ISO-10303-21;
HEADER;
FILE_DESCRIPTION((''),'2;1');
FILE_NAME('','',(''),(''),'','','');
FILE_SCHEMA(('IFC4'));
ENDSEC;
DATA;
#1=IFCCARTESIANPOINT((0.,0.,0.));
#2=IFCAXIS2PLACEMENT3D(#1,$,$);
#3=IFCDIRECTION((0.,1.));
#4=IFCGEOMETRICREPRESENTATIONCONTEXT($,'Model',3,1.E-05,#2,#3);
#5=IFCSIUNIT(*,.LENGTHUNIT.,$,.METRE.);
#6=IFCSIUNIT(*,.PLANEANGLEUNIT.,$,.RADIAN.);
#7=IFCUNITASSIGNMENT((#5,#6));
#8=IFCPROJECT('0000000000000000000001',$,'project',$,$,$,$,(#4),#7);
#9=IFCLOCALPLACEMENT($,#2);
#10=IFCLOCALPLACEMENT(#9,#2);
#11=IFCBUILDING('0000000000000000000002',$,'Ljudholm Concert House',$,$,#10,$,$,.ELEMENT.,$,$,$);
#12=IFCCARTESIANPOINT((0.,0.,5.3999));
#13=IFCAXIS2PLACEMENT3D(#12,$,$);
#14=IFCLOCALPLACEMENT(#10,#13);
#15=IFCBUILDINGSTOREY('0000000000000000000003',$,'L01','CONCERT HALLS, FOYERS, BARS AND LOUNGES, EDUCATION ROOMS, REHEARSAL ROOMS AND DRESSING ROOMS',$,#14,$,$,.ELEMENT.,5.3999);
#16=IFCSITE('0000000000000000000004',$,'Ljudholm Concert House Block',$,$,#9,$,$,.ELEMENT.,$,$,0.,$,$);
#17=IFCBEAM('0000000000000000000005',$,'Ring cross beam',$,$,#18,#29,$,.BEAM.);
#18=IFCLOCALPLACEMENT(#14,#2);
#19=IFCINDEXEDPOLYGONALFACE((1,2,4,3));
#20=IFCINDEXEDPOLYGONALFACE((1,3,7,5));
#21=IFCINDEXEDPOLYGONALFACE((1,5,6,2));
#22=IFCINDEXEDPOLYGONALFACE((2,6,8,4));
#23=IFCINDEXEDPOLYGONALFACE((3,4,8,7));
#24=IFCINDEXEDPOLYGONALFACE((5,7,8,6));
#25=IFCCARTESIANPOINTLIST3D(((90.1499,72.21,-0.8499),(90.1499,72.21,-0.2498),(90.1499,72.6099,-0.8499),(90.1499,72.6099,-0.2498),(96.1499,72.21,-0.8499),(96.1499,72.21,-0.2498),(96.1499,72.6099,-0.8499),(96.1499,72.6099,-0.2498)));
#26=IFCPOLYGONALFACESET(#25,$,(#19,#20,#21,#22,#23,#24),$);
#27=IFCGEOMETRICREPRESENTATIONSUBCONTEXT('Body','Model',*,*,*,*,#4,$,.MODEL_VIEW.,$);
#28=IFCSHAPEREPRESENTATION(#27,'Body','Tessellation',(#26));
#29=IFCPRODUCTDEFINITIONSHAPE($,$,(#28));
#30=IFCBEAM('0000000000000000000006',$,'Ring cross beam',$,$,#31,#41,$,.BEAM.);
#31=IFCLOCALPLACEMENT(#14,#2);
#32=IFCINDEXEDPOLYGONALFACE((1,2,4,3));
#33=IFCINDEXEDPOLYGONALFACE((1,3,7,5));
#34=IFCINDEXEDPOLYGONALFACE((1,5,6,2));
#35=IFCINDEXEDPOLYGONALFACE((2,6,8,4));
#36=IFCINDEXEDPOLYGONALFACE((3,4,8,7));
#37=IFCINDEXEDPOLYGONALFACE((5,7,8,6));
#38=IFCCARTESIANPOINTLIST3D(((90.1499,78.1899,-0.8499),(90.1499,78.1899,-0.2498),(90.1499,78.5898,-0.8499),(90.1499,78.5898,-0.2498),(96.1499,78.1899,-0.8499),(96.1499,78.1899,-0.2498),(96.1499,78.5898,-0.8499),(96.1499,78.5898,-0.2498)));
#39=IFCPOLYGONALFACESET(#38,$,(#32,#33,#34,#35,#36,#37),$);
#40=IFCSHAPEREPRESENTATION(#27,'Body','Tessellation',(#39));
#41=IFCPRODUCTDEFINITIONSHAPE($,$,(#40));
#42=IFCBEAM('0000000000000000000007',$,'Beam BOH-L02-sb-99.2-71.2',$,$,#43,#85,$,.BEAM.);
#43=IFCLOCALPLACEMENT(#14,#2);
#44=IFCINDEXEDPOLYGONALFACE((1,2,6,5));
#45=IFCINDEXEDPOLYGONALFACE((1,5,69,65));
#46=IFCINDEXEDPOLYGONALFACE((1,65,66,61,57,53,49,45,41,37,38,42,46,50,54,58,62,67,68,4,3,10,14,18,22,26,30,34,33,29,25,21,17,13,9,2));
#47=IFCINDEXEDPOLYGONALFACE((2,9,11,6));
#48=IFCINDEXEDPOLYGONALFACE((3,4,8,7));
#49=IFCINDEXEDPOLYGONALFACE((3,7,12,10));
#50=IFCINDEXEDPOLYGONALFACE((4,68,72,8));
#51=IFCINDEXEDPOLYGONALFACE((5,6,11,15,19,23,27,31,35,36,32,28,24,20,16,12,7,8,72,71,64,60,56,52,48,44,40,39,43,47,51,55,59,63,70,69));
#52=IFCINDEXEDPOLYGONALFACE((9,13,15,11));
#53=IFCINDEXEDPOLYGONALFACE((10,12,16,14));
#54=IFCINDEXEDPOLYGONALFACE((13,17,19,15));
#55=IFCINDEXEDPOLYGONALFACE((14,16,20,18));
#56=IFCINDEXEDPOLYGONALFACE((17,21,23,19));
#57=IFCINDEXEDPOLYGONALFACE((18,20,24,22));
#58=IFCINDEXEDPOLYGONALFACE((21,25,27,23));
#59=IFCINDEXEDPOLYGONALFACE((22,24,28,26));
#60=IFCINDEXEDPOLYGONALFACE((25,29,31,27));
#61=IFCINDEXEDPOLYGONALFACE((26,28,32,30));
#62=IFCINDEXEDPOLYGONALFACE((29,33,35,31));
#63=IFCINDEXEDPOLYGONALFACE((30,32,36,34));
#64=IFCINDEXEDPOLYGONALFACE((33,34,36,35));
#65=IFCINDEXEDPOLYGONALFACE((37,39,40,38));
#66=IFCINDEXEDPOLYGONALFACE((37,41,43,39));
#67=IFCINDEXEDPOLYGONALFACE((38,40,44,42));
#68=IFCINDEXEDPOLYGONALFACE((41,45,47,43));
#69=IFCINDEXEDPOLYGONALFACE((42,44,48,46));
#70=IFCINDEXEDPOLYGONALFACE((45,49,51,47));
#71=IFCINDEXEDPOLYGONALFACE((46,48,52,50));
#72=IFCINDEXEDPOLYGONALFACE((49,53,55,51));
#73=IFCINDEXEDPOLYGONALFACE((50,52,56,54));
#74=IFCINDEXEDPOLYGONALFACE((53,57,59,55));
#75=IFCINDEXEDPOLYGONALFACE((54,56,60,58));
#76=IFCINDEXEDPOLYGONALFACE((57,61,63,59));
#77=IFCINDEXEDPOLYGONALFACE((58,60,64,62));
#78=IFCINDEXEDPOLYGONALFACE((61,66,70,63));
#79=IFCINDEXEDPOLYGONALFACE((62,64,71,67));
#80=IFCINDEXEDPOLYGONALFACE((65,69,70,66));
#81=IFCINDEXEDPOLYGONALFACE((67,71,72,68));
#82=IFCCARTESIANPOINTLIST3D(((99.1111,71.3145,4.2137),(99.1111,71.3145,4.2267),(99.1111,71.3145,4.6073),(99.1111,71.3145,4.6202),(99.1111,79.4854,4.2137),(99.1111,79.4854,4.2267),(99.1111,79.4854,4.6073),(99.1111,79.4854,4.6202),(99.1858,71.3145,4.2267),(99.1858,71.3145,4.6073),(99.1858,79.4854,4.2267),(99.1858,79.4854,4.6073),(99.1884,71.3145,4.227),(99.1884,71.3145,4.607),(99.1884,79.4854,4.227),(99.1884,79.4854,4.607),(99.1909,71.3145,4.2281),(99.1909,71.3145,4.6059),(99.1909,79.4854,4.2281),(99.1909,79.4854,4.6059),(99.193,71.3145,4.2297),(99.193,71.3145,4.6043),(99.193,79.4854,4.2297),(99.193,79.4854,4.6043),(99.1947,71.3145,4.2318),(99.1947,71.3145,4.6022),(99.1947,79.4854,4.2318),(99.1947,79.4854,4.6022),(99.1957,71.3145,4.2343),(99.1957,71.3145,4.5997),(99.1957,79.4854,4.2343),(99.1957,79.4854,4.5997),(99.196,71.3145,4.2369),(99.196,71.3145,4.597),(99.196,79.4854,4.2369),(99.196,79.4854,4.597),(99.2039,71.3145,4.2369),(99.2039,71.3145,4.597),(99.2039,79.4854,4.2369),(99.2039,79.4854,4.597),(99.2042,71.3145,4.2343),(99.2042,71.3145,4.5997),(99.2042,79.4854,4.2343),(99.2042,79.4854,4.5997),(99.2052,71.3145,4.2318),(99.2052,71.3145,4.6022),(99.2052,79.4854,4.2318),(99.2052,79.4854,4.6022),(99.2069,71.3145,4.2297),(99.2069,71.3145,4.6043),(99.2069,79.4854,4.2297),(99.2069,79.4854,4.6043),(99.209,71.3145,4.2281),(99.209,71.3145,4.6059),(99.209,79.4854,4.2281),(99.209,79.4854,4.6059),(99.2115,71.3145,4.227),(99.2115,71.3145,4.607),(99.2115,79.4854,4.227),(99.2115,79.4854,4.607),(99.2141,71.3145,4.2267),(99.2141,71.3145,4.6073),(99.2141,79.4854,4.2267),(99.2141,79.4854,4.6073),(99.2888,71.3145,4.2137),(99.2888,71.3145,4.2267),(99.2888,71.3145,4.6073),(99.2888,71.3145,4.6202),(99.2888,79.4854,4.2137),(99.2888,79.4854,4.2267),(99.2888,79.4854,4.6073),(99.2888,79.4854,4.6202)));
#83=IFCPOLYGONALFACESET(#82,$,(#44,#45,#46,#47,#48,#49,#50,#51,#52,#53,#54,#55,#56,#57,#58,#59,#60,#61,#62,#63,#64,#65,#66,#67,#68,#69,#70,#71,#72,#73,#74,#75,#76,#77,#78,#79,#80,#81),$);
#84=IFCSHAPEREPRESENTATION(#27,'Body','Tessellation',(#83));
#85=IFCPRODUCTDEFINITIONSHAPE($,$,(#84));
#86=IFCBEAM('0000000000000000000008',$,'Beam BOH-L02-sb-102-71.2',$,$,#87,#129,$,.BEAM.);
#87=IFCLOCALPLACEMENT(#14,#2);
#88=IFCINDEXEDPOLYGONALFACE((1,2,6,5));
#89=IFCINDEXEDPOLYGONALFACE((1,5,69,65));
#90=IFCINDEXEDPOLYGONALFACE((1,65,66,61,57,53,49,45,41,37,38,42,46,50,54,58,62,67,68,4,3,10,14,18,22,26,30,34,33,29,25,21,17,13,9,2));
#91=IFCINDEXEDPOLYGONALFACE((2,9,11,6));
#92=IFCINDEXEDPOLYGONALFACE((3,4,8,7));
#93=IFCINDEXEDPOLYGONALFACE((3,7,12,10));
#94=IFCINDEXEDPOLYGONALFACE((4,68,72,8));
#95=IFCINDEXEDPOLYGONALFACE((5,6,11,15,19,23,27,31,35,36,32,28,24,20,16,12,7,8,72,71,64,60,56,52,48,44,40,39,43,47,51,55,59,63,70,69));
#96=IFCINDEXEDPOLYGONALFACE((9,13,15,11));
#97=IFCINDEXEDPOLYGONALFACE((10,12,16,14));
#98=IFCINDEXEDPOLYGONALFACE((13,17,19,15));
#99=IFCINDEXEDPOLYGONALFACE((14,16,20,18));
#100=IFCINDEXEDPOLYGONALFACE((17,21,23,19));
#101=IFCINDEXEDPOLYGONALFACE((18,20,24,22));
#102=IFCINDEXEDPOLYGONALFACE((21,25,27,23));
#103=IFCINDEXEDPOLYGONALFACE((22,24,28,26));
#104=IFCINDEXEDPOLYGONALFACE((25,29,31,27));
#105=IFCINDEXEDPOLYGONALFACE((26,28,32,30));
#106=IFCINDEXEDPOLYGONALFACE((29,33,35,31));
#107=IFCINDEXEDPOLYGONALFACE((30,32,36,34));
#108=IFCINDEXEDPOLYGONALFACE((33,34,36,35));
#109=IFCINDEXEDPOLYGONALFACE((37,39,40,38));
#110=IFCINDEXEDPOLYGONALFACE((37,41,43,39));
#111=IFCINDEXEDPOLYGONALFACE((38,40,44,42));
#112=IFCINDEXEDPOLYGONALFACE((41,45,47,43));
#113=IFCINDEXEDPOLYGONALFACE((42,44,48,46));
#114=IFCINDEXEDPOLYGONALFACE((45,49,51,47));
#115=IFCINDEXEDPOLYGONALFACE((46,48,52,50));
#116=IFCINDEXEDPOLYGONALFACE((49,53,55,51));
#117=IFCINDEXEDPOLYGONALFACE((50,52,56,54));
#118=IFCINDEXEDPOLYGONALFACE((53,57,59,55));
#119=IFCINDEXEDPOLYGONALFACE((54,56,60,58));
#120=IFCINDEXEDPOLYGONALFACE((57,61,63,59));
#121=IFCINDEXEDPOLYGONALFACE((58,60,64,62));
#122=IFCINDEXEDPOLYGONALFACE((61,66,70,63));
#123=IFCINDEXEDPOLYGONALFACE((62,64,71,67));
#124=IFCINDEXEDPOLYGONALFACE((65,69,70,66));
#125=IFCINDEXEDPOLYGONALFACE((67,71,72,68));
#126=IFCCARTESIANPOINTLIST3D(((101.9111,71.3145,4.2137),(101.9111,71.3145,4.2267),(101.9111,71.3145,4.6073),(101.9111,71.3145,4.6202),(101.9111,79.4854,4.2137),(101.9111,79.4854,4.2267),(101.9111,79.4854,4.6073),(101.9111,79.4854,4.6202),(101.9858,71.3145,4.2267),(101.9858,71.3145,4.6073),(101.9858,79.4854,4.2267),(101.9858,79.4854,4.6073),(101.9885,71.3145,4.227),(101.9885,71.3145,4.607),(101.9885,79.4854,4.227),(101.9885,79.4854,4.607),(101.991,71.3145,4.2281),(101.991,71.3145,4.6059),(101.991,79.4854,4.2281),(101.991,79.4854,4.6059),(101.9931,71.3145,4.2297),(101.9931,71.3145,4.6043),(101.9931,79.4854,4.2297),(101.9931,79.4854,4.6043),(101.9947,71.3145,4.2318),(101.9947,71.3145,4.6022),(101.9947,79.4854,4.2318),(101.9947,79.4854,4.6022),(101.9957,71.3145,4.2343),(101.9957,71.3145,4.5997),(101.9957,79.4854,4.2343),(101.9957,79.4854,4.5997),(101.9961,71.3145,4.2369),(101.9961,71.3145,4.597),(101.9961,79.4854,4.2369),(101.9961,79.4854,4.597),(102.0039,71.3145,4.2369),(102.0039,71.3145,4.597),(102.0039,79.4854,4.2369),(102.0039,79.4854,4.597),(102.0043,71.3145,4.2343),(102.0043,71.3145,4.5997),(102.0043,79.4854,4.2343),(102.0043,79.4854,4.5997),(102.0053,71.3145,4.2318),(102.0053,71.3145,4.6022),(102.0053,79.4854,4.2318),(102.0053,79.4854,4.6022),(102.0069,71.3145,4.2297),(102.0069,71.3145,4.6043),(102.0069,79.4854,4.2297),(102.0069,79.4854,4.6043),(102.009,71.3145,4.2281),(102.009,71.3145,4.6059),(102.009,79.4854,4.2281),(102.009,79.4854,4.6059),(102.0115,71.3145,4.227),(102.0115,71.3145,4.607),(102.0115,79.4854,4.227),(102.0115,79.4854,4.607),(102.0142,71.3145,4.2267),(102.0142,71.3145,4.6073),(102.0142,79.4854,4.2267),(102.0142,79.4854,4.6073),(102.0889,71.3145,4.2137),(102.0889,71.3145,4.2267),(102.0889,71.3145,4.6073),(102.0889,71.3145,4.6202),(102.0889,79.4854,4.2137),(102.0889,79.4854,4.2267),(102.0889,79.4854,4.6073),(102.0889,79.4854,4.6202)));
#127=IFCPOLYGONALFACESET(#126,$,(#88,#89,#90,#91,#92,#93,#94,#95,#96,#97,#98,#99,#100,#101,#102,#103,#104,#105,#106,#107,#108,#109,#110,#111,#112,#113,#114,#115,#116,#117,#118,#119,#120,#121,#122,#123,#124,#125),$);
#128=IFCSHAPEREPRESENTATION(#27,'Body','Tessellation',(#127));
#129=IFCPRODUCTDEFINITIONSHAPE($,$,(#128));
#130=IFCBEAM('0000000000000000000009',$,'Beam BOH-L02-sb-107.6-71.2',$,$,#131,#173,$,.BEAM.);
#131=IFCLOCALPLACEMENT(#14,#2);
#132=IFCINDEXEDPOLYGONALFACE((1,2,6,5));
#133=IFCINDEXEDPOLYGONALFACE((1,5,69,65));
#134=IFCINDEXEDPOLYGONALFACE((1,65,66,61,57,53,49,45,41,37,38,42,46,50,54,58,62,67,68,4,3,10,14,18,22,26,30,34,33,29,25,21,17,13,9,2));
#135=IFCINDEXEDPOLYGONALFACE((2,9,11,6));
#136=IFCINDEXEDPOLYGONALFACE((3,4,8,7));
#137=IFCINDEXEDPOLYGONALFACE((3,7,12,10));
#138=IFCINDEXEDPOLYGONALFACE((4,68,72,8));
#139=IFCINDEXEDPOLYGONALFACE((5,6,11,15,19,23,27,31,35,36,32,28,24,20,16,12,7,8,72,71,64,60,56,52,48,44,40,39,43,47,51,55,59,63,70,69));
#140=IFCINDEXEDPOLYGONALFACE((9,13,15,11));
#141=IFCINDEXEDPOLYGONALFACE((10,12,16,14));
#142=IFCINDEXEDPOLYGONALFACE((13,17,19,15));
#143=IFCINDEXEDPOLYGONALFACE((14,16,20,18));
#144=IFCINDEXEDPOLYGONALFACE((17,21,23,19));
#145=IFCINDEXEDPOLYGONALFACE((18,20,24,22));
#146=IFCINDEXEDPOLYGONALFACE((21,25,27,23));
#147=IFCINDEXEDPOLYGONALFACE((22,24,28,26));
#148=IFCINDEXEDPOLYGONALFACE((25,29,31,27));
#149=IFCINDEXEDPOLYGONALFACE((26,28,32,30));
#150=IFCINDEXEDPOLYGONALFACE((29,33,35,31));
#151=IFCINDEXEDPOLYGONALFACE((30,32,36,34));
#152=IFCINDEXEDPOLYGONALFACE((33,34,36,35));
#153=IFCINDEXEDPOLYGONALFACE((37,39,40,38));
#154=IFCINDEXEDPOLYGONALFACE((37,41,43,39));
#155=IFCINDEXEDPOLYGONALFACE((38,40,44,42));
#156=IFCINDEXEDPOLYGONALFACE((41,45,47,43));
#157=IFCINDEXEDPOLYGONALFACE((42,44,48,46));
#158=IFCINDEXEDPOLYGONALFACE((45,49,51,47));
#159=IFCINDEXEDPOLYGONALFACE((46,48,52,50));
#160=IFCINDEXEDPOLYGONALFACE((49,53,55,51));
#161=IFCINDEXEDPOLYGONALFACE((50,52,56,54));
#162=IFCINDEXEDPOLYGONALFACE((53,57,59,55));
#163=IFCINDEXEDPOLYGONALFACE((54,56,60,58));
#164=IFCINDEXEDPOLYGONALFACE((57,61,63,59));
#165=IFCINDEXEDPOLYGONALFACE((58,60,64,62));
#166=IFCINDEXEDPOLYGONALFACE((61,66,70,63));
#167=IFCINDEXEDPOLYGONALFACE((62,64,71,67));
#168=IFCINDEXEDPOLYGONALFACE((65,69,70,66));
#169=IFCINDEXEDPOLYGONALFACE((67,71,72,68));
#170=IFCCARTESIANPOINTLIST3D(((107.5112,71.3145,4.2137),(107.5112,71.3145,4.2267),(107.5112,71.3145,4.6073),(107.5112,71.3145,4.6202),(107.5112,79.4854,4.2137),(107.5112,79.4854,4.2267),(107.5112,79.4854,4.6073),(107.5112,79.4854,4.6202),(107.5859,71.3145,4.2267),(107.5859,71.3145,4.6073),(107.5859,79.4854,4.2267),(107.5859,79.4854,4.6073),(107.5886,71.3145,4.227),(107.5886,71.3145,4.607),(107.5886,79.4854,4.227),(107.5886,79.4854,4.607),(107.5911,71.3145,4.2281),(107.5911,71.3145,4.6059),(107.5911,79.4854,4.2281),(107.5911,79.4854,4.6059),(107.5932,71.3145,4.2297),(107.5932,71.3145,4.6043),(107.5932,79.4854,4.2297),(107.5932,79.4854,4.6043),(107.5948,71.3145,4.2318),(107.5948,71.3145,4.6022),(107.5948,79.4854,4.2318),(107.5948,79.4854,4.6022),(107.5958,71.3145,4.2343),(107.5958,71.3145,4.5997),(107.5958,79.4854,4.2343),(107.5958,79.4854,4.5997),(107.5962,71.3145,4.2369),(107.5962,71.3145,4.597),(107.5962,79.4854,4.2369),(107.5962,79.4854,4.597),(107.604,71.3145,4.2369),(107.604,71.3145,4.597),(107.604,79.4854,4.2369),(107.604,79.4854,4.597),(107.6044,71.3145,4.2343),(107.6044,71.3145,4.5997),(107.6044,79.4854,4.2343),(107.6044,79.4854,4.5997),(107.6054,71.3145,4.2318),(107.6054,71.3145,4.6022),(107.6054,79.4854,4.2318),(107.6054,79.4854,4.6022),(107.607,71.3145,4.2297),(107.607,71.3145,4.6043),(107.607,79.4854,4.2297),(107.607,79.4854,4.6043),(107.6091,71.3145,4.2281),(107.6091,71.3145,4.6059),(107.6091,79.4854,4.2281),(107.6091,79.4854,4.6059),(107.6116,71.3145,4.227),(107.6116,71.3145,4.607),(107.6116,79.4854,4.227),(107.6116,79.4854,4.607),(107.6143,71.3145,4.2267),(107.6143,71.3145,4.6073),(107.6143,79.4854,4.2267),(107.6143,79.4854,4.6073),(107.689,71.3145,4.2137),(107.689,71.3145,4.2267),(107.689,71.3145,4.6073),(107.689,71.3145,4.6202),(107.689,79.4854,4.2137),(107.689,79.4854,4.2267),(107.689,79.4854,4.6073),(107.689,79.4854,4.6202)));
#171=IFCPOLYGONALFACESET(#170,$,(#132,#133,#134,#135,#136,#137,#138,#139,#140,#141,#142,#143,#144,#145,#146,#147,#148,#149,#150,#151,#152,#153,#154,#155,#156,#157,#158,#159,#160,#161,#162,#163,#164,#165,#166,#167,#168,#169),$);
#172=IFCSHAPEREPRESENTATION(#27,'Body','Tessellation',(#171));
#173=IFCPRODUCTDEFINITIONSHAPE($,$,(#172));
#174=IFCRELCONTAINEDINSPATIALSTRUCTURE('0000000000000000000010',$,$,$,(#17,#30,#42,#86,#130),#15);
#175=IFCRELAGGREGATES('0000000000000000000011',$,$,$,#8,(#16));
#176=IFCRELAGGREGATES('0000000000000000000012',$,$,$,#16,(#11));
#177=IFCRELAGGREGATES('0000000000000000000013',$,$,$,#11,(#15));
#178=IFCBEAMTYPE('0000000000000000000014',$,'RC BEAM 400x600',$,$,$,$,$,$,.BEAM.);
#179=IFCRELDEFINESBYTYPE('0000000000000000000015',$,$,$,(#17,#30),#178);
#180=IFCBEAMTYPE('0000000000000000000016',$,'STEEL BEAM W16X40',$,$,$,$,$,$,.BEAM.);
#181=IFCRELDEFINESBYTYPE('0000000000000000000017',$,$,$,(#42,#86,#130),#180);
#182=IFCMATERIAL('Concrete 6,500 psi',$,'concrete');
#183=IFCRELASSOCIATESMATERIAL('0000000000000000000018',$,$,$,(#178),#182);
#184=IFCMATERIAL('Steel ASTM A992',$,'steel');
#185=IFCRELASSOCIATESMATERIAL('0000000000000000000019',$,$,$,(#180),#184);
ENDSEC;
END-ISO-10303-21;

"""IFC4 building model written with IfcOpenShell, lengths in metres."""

from ifc_helpers import new_model, si_unit, direction, frame, origin, origin_2d, place, context, subcontext, project, spatial, rectangle, i_section, extrude, material, material_profile, profile_set, type_object, element, save


model = new_model("IFC4")

# Units and contexts
model_context = context("Model", 3, precision=1e-05, world=origin(), true_north=direction((0.0, 1.0)))
body_context = subcontext(model_context, "Body", "Model", "MODEL_VIEW")
ifc_project = project(units=[si_unit("LENGTHUNIT", "METRE"), si_unit("PLANEANGLEUNIT", "RADIAN")], contexts=[model_context])

# Site, building, storey
site_placement = place(None, origin())
site = spatial("IfcSite", under=ifc_project, at=site_placement, Name="Ljudholm Concert House Block", CompositionType="ELEMENT", RefElevation=0.0)
building_placement = place(site_placement, origin())
building = spatial("IfcBuilding", under=site, at=building_placement, Name="Ljudholm Concert House", CompositionType="ELEMENT")
storey_placement = place(building_placement, frame((0.0, 0.0, 5.3999)))
storey = spatial("IfcBuildingStorey", under=building, at=storey_placement, Name="L01", Description="CONCERT HALLS, FOYERS, BARS AND LOUNGES, EDUCATION ROOMS, REHEARSAL ROOMS AND DRESSING ROOMS", CompositionType="ELEMENT", Elevation=5.3999)

# Beams
ifc_material_1 = material(Name="Concrete 6,500 psi", Category="concrete")
ifc_material_profile_1 = material_profile(ifc_material_1, rectangle(XDim=0.3999, YDim=0.6001, at=origin_2d()), Name="RC BEAM 400x600")
ifc_profile_set_1 = profile_set([ifc_material_profile_1], Name="Concrete 6,500 psi")
beam_type_1 = type_object("IfcBeamType", Name="RC BEAM 400x600", PredefinedType="BEAM", material=ifc_profile_set_1)
for number, where, z_axis, x_axis, name in (
    (1, (90.1499, 72.4099, -0.5498), (1.0, 0.0, 0.0), (0.0, 1.0, 0.0), "Ring cross beam"),
    (2, (90.1499, 78.3899, -0.5498), (1.0, 0.0, 0.0), (0.0, 1.0, 0.0), "Ring cross beam"),
):
    element("IfcBeam", number, at=place(storey_placement, frame(where, z_axis=z_axis, x_axis=x_axis)), inside=storey, type_object=beam_type_1, Name=name, PredefinedType="BEAM", context=body_context, shape_type="SweptSolid", body=[
        extrude(rectangle(XDim=0.3999, YDim=0.6001, at=origin_2d()), origin(), (0.0, 0.0, 1.0), 6.0),
    ])
ifc_material_2 = material(Name="Steel ASTM A992", Category="steel")
ifc_material_profile_2 = material_profile(ifc_material_2, i_section(OverallWidth=0.1777, OverallDepth=0.4065, WebThickness=0.0078, FlangeThickness=0.0129, FilletRadius=0.0103, at=origin_2d()), Name="W16X40")
ifc_profile_set_2 = profile_set([ifc_material_profile_2], Name="Steel ASTM A992")
beam_type_2 = type_object("IfcBeamType", Name="STEEL BEAM W16X40", PredefinedType="BEAM", material=ifc_profile_set_2)
for number, where, z_axis, x_axis, name in (
    (3, (99.2, 71.3145, 4.417), (0.0, 1.0, 0.0), (-1.0, 0.0, 0.0), "Beam BOH-L02-sb-99.2-71.2"),
    (4, (102.0, 71.3145, 4.417), (0.0, 1.0, 0.0), (-1.0, 0.0, 0.0), "Beam BOH-L02-sb-102-71.2"),
    (5, (107.6001, 71.3145, 4.417), (0.0, 1.0, 0.0), (-1.0, 0.0, 0.0), "Beam BOH-L02-sb-107.6-71.2"),
):
    element("IfcBeam", number, at=place(storey_placement, frame(where, z_axis=z_axis, x_axis=x_axis)), inside=storey, type_object=beam_type_2, Name=name, PredefinedType="BEAM", context=body_context, shape_type="SweptSolid", body=[
        extrude(i_section(OverallWidth=0.1777, OverallDepth=0.4065, WebThickness=0.0078, FlangeThickness=0.0129, FilletRadius=0.0103, at=origin_2d()), origin(), (0.0, 0.0, 1.0), 8.1709),
    ])

save(model, "model.ifc")
